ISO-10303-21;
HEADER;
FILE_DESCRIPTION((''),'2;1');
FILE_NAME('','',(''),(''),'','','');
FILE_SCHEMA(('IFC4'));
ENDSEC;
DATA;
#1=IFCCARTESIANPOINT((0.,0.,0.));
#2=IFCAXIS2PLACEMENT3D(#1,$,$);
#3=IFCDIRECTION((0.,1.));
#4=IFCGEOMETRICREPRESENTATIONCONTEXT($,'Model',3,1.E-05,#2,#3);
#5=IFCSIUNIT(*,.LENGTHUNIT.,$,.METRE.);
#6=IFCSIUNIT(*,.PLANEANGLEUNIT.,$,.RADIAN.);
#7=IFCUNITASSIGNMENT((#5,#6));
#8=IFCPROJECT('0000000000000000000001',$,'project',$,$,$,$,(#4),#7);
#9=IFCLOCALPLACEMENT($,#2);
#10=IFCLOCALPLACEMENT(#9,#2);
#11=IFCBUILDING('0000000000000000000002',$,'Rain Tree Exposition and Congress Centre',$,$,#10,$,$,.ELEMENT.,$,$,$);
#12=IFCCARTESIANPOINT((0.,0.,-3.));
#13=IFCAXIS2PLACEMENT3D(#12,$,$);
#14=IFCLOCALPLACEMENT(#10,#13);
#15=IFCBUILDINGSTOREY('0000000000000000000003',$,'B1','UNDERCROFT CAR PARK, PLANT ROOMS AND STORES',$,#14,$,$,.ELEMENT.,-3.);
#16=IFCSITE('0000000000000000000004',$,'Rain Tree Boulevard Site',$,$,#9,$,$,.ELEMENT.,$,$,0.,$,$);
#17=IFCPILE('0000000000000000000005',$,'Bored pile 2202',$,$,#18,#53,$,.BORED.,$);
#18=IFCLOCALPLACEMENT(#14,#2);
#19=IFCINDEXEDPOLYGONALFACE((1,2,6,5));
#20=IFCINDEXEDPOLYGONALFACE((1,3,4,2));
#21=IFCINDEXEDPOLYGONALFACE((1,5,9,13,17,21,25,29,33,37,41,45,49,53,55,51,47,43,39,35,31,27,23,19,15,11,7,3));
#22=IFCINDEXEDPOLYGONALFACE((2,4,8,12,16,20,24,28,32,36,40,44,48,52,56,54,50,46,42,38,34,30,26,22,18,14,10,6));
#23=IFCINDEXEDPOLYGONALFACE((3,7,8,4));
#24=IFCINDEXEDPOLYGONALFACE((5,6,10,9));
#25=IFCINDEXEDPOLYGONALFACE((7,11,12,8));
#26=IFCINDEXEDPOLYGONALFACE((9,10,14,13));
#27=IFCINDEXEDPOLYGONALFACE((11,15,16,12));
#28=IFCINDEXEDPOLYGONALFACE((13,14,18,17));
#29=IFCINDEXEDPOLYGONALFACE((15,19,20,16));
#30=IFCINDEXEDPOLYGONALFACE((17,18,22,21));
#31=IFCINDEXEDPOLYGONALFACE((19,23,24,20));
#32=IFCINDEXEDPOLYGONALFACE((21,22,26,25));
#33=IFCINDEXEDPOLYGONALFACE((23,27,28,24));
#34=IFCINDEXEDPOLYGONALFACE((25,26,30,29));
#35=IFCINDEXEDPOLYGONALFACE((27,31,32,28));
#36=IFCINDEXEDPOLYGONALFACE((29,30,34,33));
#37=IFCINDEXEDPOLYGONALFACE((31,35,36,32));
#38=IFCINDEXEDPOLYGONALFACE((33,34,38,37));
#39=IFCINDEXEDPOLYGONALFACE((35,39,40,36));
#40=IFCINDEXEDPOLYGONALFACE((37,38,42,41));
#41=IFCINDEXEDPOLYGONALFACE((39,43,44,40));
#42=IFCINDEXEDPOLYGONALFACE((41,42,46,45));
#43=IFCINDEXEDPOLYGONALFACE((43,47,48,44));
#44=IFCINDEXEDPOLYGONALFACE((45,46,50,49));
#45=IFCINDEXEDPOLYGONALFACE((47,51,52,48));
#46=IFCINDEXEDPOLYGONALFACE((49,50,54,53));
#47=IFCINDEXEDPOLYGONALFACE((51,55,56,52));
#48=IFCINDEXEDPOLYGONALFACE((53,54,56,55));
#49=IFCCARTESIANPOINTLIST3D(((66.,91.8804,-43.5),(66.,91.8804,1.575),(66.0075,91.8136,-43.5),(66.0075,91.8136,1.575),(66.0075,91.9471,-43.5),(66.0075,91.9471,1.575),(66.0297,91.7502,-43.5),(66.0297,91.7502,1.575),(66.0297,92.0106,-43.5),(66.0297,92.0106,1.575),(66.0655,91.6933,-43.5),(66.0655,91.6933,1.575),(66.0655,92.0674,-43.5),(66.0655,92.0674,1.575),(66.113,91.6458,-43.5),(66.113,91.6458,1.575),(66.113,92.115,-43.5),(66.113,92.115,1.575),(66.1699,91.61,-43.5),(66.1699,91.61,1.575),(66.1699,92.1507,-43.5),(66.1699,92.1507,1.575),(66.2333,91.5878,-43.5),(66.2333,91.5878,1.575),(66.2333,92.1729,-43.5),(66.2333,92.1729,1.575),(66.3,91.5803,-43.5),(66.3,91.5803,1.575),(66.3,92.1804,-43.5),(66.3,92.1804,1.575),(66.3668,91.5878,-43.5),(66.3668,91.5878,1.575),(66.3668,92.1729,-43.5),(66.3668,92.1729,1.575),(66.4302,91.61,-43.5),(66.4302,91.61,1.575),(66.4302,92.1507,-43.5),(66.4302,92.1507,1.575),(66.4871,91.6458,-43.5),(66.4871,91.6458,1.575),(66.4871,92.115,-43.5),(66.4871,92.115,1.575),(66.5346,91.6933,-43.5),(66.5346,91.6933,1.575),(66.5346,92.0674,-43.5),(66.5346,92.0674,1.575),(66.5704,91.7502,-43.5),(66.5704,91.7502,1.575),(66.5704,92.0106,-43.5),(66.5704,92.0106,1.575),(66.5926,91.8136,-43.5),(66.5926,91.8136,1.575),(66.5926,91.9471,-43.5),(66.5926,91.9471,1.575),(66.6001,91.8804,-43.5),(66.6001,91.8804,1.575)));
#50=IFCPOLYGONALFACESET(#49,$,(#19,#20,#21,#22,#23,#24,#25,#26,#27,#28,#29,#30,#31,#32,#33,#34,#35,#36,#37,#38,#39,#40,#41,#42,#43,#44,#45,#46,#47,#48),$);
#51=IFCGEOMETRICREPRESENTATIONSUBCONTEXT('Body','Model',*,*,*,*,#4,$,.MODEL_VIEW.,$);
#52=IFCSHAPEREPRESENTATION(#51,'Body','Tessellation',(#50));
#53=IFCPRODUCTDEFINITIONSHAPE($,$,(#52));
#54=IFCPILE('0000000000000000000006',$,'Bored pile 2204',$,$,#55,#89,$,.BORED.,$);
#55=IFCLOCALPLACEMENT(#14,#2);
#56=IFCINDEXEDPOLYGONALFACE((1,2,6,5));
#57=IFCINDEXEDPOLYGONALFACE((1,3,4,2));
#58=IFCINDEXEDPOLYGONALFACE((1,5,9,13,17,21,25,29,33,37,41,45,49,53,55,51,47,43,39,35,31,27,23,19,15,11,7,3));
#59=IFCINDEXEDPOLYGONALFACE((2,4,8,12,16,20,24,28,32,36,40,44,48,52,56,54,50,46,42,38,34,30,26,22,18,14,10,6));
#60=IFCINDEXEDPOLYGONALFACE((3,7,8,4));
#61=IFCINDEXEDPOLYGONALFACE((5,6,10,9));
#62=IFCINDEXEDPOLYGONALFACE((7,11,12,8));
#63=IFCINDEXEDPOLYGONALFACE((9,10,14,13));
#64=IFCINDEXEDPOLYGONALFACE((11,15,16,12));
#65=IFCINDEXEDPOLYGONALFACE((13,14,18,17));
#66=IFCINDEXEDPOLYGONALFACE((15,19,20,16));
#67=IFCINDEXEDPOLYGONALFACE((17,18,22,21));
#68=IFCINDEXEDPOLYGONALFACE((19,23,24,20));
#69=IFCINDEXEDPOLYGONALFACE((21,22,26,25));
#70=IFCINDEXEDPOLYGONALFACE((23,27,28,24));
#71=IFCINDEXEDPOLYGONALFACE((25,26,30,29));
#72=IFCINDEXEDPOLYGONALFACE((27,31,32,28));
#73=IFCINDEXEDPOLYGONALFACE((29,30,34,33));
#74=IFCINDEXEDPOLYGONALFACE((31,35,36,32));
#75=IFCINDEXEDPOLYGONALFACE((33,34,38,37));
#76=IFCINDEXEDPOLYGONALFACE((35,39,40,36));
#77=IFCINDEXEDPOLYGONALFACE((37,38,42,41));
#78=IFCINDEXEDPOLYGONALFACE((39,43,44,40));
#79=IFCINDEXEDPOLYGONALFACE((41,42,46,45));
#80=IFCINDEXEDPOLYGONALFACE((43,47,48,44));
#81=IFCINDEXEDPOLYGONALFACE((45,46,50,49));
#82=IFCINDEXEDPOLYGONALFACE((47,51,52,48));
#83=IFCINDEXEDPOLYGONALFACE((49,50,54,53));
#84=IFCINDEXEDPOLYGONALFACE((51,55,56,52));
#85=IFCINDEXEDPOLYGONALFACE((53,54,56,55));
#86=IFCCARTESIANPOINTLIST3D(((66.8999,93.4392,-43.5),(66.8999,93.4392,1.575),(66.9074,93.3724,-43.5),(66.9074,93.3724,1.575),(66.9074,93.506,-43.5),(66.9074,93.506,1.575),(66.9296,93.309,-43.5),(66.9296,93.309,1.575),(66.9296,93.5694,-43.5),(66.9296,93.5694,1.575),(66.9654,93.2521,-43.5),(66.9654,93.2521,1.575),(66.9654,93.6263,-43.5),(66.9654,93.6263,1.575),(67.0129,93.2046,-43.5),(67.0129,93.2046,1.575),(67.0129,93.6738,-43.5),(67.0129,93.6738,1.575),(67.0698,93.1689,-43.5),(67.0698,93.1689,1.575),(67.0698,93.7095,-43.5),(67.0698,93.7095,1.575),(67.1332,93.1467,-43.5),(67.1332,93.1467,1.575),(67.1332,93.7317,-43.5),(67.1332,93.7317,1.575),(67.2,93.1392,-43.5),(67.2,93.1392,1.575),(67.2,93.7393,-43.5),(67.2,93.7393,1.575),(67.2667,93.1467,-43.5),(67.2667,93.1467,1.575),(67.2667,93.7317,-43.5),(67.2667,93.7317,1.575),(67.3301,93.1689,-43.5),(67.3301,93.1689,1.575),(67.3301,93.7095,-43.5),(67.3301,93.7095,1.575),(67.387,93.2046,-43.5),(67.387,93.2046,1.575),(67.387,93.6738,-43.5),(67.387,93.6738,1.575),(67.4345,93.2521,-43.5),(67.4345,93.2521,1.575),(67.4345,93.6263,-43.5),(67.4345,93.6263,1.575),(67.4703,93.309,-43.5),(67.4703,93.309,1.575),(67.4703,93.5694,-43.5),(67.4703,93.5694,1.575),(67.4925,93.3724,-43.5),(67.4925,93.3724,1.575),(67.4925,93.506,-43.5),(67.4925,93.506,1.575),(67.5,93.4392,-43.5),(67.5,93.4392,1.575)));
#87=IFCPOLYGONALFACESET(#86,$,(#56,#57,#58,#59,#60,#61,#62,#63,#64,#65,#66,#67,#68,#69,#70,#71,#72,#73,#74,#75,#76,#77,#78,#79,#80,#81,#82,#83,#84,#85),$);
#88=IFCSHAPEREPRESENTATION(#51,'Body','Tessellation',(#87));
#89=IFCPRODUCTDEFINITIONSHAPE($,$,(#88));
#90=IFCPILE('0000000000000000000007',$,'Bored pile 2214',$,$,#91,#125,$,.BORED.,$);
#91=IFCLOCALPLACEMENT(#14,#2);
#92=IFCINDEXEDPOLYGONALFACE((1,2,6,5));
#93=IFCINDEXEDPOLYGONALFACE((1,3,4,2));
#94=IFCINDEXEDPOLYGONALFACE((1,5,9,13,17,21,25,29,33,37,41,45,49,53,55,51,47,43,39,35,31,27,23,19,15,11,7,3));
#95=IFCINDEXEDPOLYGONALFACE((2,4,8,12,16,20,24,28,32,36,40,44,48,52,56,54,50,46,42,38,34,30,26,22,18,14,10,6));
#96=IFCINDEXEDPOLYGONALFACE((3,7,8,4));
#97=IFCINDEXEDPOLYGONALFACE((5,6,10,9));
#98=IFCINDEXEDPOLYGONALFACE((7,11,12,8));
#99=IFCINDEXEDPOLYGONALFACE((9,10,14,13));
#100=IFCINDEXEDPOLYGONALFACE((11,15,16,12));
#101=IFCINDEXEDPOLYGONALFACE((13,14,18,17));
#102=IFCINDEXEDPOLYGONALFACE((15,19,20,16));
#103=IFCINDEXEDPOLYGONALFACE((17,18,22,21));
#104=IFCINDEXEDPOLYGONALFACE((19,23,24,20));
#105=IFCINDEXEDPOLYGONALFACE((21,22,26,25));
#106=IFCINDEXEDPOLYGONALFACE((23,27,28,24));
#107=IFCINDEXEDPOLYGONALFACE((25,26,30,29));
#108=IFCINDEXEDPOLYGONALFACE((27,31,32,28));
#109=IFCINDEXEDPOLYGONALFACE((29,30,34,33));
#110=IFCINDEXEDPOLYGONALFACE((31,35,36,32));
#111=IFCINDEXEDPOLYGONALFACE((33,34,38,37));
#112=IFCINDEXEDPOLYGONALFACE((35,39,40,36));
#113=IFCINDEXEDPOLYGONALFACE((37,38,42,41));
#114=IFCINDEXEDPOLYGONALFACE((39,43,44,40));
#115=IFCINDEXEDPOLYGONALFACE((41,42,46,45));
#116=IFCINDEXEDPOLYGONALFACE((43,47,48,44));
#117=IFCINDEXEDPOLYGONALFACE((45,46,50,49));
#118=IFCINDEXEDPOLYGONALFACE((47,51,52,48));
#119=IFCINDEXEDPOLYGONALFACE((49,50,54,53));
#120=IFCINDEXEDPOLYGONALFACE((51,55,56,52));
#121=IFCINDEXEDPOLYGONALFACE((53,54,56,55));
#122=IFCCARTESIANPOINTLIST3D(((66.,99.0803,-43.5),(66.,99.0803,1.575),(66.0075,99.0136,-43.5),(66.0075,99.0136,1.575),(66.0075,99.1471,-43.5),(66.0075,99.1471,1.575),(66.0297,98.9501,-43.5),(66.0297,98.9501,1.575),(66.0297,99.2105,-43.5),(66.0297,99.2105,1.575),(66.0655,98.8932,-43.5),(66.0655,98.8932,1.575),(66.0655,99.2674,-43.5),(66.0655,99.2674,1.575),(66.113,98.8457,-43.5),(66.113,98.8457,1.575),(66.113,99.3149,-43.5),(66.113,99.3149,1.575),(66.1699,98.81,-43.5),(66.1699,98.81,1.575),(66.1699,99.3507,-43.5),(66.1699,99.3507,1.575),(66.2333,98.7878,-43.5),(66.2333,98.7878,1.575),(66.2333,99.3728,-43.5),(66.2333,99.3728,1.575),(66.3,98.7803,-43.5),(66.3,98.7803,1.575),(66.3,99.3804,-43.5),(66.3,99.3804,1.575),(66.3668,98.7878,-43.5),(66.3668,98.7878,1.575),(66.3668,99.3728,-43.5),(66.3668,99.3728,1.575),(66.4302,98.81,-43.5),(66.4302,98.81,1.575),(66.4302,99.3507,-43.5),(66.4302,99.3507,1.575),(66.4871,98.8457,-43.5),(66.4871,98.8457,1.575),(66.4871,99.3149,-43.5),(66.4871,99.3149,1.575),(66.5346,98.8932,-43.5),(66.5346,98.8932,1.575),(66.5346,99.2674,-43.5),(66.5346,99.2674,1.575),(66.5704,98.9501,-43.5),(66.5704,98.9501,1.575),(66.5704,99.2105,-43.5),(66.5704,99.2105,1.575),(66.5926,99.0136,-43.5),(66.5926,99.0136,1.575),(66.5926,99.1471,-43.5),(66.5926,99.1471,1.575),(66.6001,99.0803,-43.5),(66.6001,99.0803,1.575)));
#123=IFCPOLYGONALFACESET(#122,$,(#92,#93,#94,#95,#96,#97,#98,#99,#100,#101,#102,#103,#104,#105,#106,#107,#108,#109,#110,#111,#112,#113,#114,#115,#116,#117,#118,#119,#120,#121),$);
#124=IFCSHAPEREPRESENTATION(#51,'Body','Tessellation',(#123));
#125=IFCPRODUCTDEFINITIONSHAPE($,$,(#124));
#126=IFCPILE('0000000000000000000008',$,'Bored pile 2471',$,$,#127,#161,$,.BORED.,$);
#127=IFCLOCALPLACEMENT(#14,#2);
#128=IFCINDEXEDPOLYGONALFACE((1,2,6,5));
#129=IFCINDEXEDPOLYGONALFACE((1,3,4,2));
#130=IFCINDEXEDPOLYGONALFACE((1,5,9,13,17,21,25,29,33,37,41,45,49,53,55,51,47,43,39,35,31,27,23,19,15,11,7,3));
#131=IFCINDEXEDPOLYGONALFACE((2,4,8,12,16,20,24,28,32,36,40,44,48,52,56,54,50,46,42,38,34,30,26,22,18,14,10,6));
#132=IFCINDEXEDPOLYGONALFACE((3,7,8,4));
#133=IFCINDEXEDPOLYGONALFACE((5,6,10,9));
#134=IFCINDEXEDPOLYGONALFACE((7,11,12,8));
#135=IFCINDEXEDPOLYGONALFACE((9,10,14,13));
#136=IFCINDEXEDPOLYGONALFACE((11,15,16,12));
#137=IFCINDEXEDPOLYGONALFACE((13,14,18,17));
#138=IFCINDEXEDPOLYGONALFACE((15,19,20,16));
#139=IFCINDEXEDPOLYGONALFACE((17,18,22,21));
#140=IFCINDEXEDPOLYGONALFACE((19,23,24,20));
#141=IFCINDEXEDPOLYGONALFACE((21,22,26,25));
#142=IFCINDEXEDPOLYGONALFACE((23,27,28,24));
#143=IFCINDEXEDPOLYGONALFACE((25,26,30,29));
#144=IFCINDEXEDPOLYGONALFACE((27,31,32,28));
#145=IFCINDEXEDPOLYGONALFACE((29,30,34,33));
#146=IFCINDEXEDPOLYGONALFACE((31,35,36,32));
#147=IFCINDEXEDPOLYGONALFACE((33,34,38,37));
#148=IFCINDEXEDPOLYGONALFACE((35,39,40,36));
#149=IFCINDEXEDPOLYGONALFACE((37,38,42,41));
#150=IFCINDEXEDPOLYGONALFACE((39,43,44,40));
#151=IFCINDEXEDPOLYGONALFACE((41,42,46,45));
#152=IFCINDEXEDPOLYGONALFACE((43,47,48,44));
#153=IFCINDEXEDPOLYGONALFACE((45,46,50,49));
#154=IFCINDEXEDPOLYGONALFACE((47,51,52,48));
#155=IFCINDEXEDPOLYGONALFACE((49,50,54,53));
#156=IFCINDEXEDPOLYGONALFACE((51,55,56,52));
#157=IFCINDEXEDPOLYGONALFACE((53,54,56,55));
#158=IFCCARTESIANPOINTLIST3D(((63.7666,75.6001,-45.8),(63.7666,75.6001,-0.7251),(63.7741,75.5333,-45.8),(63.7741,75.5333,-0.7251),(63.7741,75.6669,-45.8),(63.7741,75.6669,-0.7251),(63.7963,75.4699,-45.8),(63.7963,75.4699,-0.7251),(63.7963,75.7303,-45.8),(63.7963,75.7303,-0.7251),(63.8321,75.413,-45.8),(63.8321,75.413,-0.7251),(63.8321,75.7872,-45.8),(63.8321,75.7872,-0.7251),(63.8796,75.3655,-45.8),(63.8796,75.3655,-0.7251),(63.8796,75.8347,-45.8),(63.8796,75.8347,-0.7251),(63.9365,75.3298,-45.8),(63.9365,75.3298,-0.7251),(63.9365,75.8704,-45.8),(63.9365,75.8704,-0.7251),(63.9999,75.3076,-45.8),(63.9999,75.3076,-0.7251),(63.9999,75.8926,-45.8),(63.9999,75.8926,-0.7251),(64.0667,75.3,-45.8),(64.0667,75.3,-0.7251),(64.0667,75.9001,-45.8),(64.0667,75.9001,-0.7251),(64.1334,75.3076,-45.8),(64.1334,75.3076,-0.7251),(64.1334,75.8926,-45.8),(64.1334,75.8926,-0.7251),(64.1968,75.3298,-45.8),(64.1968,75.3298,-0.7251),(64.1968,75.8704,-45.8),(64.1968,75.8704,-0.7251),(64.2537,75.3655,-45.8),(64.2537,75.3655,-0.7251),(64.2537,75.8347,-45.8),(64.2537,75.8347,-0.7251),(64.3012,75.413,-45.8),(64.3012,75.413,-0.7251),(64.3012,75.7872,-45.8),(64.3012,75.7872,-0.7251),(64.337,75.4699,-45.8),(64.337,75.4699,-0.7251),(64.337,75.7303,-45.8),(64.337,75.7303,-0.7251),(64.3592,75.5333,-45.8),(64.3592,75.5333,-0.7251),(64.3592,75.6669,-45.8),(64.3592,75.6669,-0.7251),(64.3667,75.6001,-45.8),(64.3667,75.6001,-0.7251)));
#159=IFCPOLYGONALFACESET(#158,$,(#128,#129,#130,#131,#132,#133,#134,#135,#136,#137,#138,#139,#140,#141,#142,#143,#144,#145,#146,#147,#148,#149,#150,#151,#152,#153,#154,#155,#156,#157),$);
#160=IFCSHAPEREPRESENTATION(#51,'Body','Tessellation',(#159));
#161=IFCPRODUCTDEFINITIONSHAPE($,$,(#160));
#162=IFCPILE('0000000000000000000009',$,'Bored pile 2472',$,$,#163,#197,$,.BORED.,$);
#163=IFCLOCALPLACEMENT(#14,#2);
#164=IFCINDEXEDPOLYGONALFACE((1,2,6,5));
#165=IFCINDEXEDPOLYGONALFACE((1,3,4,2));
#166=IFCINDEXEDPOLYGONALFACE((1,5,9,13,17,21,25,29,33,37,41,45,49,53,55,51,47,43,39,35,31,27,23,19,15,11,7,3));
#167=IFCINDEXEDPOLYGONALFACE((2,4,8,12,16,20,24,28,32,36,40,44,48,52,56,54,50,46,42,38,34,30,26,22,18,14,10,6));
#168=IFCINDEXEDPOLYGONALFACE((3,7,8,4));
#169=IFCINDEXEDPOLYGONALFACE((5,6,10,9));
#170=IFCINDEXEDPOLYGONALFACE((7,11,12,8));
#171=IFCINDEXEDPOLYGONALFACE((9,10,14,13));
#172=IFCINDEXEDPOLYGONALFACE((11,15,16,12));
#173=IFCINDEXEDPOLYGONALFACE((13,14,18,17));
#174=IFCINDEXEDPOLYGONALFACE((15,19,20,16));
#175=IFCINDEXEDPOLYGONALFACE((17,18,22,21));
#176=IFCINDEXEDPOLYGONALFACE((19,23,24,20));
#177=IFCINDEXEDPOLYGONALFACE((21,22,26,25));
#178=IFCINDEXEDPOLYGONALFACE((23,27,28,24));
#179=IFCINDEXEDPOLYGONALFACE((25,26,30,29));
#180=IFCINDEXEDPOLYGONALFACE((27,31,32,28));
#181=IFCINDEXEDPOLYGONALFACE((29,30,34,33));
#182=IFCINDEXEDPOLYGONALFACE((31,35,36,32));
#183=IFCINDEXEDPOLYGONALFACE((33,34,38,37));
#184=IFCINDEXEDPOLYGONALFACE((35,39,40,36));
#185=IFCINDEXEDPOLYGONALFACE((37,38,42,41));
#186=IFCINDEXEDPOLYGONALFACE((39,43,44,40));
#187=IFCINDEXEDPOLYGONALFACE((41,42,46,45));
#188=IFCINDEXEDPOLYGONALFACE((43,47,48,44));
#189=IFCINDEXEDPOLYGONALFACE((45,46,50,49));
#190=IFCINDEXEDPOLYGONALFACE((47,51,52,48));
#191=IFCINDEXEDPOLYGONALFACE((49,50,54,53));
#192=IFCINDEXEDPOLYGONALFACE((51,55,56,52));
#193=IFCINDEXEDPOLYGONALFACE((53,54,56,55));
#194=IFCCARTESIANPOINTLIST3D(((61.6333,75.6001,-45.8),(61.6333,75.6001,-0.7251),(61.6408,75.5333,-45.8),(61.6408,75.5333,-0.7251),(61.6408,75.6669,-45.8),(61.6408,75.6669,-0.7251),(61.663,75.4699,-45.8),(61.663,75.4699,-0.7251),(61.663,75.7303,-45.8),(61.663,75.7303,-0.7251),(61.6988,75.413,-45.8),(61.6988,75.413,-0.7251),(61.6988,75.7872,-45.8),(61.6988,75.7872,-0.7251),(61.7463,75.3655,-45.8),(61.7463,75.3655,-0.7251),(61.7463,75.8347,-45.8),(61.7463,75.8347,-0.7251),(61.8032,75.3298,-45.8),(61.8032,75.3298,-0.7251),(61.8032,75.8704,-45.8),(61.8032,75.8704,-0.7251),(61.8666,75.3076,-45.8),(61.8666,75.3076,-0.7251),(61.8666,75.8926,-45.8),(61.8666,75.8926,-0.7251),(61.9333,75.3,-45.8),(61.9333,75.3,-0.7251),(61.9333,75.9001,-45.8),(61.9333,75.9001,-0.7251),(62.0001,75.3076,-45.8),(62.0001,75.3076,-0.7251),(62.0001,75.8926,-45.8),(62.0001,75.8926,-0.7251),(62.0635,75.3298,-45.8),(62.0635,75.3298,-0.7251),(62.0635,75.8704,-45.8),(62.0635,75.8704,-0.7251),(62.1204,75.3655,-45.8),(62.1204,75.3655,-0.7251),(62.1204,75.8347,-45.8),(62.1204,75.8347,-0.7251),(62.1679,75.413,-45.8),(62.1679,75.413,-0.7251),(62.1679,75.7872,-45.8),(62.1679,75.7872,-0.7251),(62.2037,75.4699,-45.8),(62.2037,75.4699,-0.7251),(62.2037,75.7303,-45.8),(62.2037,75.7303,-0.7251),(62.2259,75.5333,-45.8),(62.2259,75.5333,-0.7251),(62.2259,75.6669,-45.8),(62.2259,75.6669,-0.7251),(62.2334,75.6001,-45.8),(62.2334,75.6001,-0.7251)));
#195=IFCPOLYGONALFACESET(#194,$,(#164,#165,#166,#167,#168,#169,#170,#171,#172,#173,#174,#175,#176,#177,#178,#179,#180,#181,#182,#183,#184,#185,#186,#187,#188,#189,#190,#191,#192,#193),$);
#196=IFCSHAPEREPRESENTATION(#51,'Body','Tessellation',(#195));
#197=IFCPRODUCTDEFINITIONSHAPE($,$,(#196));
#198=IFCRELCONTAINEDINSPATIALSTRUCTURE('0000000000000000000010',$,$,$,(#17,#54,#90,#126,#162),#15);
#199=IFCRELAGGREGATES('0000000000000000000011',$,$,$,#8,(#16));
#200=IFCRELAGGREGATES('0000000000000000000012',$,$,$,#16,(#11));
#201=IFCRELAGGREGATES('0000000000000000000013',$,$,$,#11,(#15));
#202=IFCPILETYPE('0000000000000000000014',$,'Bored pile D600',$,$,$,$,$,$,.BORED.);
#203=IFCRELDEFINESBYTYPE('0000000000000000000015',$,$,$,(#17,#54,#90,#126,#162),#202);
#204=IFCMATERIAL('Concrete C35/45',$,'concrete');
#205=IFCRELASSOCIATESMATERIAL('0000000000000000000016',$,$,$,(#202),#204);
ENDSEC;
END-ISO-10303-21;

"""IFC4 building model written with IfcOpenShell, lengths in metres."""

from ifc_helpers import new_model, si_unit, direction, frame, origin, origin_2d, place, context, subcontext, project, spatial, circle, extrude, material, material_profile, profile_set, type_object, element, save


model = new_model("IFC4")

# Units and contexts
model_context = context("Model", 3, precision=1e-05, world=origin(), true_north=direction((0.0, 1.0)))
body_context = subcontext(model_context, "Body", "Model", "MODEL_VIEW")
ifc_project = project(units=[si_unit("LENGTHUNIT", "METRE"), si_unit("PLANEANGLEUNIT", "RADIAN")], contexts=[model_context])

# Site, building, storey
site_placement = place(None, origin())
site = spatial("IfcSite", under=ifc_project, at=site_placement, Name="Rain Tree Boulevard Site", CompositionType="ELEMENT", RefElevation=0.0)
building_placement = place(site_placement, origin())
building = spatial("IfcBuilding", under=site, at=building_placement, Name="Rain Tree Exposition and Congress Centre", CompositionType="ELEMENT")
storey_placement = place(building_placement, frame((0.0, 0.0, -3.0)))
storey = spatial("IfcBuildingStorey", under=building, at=storey_placement, Name="B1", Description="UNDERCROFT CAR PARK, PLANT ROOMS AND STORES", CompositionType="ELEMENT", Elevation=-3.0)

# Piles
ifc_material_1 = material(Name="Concrete C35/45", Category="concrete")
ifc_material_profile_1 = material_profile(ifc_material_1, circle(Radius=0.3, at=origin_2d()), Name="D600")
ifc_profile_set_1 = profile_set([ifc_material_profile_1], Name="Concrete C35/45")
pile_type_1 = type_object("IfcPileType", Name="Bored pile D600", PredefinedType="BORED", material=ifc_profile_set_1)
for number, where, z_axis, x_axis, name in (
    (1, (66.3, 91.8804, 1.575), (0.0, 0.0, -1.0), (1.0, 0.0, 0.0), "Bored pile 2202"),
    (2, (67.2, 93.4392, 1.575), (0.0, 0.0, -1.0), (1.0, 0.0, 0.0), "Bored pile 2204"),
    (3, (66.3, 99.0803, 1.575), (0.0, 0.0, -1.0), (1.0, 0.0, 0.0), "Bored pile 2214"),
    (4, (64.0667, 75.6001, -0.7251), (0.0, 0.0, -1.0), (1.0, 0.0, 0.0), "Bored pile 2471"),
    (5, (61.9333, 75.6001, -0.7251), (0.0, 0.0, -1.0), (1.0, 0.0, 0.0), "Bored pile 2472"),
):
    element("IfcPile", number, at=place(storey_placement, frame(where, z_axis=z_axis, x_axis=x_axis)), inside=storey, type_object=pile_type_1, Name=name, PredefinedType="BORED", context=body_context, shape_type="SweptSolid", body=[
        extrude(circle(Radius=0.3, at=origin_2d()), origin(), (0.0, 0.0, 1.0), 45.075),
    ])

save(model, "model.ifc")
